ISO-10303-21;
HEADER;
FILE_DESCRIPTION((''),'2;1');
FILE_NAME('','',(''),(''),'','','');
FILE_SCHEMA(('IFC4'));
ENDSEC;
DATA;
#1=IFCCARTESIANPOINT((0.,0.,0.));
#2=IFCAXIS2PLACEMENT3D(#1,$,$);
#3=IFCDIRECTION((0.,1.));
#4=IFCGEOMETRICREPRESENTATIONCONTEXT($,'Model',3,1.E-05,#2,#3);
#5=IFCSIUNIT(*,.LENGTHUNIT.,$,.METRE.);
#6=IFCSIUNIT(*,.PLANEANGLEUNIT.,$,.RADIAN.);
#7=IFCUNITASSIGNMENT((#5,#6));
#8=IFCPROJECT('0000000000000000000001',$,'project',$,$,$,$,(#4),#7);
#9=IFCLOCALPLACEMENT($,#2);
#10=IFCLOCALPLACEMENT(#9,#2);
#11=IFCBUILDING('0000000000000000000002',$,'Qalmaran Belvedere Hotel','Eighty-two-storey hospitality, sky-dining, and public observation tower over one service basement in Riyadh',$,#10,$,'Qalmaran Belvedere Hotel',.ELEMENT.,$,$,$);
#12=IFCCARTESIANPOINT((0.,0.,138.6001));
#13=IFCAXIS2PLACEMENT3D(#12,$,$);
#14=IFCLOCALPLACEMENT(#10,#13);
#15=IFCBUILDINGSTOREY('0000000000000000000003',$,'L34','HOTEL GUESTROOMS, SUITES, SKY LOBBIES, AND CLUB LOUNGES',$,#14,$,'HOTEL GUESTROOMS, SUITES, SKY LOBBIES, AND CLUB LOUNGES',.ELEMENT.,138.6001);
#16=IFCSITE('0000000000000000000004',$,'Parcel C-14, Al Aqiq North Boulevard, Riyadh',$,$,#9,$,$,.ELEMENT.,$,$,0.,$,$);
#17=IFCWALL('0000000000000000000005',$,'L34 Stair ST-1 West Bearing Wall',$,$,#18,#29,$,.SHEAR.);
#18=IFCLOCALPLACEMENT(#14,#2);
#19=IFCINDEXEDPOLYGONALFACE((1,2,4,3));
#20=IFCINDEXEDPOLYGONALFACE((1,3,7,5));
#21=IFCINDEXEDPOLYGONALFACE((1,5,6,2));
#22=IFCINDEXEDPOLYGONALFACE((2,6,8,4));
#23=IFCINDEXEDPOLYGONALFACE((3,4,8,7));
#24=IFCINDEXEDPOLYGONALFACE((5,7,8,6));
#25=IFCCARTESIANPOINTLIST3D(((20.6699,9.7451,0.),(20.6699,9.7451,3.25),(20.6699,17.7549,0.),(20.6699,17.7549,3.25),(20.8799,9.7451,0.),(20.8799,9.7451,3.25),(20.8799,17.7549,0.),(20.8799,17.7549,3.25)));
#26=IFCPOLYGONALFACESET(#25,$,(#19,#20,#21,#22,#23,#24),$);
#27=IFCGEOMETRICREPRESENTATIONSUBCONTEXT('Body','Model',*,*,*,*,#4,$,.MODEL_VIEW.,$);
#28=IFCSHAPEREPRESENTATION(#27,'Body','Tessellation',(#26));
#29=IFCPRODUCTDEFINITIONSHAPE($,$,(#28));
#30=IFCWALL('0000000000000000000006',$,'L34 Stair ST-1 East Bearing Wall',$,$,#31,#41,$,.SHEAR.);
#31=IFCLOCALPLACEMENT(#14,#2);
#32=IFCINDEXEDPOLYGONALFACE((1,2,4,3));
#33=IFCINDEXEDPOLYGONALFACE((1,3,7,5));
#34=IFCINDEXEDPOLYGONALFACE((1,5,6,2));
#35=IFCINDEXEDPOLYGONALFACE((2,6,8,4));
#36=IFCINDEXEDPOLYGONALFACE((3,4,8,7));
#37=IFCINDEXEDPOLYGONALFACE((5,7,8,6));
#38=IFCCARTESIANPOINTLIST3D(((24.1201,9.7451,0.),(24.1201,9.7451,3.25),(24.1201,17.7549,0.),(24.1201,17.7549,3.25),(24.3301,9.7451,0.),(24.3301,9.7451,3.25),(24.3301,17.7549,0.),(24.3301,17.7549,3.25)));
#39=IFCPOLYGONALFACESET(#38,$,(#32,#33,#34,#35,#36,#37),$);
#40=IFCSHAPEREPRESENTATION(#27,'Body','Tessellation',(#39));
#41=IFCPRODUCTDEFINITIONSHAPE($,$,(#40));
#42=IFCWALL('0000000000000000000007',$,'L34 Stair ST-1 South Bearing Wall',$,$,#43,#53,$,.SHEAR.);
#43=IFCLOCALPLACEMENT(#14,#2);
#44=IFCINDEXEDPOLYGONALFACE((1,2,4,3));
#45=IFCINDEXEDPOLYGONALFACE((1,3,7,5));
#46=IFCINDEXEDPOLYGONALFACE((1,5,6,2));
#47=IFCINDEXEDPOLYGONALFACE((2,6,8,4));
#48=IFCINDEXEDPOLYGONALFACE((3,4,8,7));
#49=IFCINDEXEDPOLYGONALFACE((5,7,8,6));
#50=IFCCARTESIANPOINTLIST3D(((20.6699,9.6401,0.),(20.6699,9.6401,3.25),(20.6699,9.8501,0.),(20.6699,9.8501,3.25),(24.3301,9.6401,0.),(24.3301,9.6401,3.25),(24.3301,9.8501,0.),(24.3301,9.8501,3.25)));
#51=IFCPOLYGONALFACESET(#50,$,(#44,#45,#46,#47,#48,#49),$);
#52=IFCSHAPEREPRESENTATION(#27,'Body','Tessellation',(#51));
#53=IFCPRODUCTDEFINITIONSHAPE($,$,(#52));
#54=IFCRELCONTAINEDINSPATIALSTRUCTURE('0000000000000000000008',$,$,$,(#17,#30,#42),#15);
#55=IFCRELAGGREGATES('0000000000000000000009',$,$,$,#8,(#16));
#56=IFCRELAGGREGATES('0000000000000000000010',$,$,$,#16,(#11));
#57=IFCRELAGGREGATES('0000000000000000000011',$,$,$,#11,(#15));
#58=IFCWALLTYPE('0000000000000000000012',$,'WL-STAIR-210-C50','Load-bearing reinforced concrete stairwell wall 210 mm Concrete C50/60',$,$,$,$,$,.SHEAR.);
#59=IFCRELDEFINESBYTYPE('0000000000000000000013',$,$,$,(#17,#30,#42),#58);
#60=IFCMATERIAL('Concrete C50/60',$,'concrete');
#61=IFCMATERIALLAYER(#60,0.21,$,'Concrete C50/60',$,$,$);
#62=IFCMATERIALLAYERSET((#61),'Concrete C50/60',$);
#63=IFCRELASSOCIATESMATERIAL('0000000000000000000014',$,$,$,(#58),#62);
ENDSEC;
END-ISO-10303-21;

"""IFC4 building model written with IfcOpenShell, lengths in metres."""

from ifc_helpers import new_model, si_unit, direction, frame, frame_2d, origin, place, context, subcontext, project, spatial, rectangle, extrude, material, layer, layer_set, type_object, element, save


model = new_model("IFC4")

# Units and contexts
model_context = context("Model", 3, precision=1e-05, world=origin(), true_north=direction((0.0, 1.0)))
body_context = subcontext(model_context, "Body", "Model", "MODEL_VIEW")
ifc_project = project(units=[si_unit("LENGTHUNIT", "METRE"), si_unit("PLANEANGLEUNIT", "RADIAN")], contexts=[model_context])

# Site, building, storey
site_placement = place(None, origin())
site = spatial("IfcSite", under=ifc_project, at=site_placement, Name="Parcel C-14, Al Aqiq North Boulevard, Riyadh", CompositionType="ELEMENT", RefElevation=0.0)
building_placement = place(site_placement, origin())
building = spatial("IfcBuilding", under=site, at=building_placement, Name="Qalmaran Belvedere Hotel", Description="Eighty-two-storey hospitality, sky-dining, and public observation tower over one service basement in Riyadh", LongName="Qalmaran Belvedere Hotel", CompositionType="ELEMENT")
storey_placement = place(building_placement, frame((0.0, 0.0, 138.6001)))
storey = spatial("IfcBuildingStorey", under=building, at=storey_placement, Name="L34", Description="HOTEL GUESTROOMS, SUITES, SKY LOBBIES, AND CLUB LOUNGES", LongName="HOTEL GUESTROOMS, SUITES, SKY LOBBIES, AND CLUB LOUNGES", CompositionType="ELEMENT", Elevation=138.6001)

# Shared definitions
ifc_material_1 = material(Name="Concrete C50/60", Category="concrete")

# Walls
ifc_layer_1 = layer(ifc_material_1, 0.21, Name="Concrete C50/60")
ifc_layer_set_1 = layer_set([ifc_layer_1], Name="Concrete C50/60")
wall_type_1 = type_object("IfcWallType", Name="WL-STAIR-210-C50", Description="Load-bearing reinforced concrete stairwell wall 210 mm Concrete C50/60", PredefinedType="SHEAR", material=ifc_layer_set_1)
for number, where, z_axis, x_axis, name in (
    (1, (20.7749, 9.7451, 0.0), (0.0, 0.0, 1.0), (0.0, 1.0, 0.0), "L34 Stair ST-1 West Bearing Wall"),
    (2, (24.2251, 9.7451, 0.0), (0.0, 0.0, 1.0), (0.0, 1.0, 0.0), "L34 Stair ST-1 East Bearing Wall"),
):
    element("IfcWall", number, at=place(storey_placement, frame(where, z_axis=z_axis, x_axis=x_axis)), inside=storey, type_object=wall_type_1, Name=name, PredefinedType="SHEAR", context=body_context, shape_type="SweptSolid", body=[
        extrude(rectangle(XDim=8.0098, YDim=0.21, at=frame_2d((4.0049, 0.0))), origin(), (0.0, 0.0, 1.0), 3.25),
    ])
wall_1_placement = place(storey_placement, frame((20.6699, 9.7451, 0.0), z_axis=(0.0, 0.0, 1.0), x_axis=(1.0, 0.0, 0.0)))
element("IfcWall", 3, at=wall_1_placement, inside=storey, type_object=wall_type_1, Name="L34 Stair ST-1 South Bearing Wall", PredefinedType="SHEAR", context=body_context, shape_type="SweptSolid", body=[
    extrude(rectangle(XDim=3.6602, YDim=0.21, at=frame_2d((1.8301, 0.0))), origin(), (0.0, 0.0, 1.0), 3.25),
])

save(model, "model.ifc")
